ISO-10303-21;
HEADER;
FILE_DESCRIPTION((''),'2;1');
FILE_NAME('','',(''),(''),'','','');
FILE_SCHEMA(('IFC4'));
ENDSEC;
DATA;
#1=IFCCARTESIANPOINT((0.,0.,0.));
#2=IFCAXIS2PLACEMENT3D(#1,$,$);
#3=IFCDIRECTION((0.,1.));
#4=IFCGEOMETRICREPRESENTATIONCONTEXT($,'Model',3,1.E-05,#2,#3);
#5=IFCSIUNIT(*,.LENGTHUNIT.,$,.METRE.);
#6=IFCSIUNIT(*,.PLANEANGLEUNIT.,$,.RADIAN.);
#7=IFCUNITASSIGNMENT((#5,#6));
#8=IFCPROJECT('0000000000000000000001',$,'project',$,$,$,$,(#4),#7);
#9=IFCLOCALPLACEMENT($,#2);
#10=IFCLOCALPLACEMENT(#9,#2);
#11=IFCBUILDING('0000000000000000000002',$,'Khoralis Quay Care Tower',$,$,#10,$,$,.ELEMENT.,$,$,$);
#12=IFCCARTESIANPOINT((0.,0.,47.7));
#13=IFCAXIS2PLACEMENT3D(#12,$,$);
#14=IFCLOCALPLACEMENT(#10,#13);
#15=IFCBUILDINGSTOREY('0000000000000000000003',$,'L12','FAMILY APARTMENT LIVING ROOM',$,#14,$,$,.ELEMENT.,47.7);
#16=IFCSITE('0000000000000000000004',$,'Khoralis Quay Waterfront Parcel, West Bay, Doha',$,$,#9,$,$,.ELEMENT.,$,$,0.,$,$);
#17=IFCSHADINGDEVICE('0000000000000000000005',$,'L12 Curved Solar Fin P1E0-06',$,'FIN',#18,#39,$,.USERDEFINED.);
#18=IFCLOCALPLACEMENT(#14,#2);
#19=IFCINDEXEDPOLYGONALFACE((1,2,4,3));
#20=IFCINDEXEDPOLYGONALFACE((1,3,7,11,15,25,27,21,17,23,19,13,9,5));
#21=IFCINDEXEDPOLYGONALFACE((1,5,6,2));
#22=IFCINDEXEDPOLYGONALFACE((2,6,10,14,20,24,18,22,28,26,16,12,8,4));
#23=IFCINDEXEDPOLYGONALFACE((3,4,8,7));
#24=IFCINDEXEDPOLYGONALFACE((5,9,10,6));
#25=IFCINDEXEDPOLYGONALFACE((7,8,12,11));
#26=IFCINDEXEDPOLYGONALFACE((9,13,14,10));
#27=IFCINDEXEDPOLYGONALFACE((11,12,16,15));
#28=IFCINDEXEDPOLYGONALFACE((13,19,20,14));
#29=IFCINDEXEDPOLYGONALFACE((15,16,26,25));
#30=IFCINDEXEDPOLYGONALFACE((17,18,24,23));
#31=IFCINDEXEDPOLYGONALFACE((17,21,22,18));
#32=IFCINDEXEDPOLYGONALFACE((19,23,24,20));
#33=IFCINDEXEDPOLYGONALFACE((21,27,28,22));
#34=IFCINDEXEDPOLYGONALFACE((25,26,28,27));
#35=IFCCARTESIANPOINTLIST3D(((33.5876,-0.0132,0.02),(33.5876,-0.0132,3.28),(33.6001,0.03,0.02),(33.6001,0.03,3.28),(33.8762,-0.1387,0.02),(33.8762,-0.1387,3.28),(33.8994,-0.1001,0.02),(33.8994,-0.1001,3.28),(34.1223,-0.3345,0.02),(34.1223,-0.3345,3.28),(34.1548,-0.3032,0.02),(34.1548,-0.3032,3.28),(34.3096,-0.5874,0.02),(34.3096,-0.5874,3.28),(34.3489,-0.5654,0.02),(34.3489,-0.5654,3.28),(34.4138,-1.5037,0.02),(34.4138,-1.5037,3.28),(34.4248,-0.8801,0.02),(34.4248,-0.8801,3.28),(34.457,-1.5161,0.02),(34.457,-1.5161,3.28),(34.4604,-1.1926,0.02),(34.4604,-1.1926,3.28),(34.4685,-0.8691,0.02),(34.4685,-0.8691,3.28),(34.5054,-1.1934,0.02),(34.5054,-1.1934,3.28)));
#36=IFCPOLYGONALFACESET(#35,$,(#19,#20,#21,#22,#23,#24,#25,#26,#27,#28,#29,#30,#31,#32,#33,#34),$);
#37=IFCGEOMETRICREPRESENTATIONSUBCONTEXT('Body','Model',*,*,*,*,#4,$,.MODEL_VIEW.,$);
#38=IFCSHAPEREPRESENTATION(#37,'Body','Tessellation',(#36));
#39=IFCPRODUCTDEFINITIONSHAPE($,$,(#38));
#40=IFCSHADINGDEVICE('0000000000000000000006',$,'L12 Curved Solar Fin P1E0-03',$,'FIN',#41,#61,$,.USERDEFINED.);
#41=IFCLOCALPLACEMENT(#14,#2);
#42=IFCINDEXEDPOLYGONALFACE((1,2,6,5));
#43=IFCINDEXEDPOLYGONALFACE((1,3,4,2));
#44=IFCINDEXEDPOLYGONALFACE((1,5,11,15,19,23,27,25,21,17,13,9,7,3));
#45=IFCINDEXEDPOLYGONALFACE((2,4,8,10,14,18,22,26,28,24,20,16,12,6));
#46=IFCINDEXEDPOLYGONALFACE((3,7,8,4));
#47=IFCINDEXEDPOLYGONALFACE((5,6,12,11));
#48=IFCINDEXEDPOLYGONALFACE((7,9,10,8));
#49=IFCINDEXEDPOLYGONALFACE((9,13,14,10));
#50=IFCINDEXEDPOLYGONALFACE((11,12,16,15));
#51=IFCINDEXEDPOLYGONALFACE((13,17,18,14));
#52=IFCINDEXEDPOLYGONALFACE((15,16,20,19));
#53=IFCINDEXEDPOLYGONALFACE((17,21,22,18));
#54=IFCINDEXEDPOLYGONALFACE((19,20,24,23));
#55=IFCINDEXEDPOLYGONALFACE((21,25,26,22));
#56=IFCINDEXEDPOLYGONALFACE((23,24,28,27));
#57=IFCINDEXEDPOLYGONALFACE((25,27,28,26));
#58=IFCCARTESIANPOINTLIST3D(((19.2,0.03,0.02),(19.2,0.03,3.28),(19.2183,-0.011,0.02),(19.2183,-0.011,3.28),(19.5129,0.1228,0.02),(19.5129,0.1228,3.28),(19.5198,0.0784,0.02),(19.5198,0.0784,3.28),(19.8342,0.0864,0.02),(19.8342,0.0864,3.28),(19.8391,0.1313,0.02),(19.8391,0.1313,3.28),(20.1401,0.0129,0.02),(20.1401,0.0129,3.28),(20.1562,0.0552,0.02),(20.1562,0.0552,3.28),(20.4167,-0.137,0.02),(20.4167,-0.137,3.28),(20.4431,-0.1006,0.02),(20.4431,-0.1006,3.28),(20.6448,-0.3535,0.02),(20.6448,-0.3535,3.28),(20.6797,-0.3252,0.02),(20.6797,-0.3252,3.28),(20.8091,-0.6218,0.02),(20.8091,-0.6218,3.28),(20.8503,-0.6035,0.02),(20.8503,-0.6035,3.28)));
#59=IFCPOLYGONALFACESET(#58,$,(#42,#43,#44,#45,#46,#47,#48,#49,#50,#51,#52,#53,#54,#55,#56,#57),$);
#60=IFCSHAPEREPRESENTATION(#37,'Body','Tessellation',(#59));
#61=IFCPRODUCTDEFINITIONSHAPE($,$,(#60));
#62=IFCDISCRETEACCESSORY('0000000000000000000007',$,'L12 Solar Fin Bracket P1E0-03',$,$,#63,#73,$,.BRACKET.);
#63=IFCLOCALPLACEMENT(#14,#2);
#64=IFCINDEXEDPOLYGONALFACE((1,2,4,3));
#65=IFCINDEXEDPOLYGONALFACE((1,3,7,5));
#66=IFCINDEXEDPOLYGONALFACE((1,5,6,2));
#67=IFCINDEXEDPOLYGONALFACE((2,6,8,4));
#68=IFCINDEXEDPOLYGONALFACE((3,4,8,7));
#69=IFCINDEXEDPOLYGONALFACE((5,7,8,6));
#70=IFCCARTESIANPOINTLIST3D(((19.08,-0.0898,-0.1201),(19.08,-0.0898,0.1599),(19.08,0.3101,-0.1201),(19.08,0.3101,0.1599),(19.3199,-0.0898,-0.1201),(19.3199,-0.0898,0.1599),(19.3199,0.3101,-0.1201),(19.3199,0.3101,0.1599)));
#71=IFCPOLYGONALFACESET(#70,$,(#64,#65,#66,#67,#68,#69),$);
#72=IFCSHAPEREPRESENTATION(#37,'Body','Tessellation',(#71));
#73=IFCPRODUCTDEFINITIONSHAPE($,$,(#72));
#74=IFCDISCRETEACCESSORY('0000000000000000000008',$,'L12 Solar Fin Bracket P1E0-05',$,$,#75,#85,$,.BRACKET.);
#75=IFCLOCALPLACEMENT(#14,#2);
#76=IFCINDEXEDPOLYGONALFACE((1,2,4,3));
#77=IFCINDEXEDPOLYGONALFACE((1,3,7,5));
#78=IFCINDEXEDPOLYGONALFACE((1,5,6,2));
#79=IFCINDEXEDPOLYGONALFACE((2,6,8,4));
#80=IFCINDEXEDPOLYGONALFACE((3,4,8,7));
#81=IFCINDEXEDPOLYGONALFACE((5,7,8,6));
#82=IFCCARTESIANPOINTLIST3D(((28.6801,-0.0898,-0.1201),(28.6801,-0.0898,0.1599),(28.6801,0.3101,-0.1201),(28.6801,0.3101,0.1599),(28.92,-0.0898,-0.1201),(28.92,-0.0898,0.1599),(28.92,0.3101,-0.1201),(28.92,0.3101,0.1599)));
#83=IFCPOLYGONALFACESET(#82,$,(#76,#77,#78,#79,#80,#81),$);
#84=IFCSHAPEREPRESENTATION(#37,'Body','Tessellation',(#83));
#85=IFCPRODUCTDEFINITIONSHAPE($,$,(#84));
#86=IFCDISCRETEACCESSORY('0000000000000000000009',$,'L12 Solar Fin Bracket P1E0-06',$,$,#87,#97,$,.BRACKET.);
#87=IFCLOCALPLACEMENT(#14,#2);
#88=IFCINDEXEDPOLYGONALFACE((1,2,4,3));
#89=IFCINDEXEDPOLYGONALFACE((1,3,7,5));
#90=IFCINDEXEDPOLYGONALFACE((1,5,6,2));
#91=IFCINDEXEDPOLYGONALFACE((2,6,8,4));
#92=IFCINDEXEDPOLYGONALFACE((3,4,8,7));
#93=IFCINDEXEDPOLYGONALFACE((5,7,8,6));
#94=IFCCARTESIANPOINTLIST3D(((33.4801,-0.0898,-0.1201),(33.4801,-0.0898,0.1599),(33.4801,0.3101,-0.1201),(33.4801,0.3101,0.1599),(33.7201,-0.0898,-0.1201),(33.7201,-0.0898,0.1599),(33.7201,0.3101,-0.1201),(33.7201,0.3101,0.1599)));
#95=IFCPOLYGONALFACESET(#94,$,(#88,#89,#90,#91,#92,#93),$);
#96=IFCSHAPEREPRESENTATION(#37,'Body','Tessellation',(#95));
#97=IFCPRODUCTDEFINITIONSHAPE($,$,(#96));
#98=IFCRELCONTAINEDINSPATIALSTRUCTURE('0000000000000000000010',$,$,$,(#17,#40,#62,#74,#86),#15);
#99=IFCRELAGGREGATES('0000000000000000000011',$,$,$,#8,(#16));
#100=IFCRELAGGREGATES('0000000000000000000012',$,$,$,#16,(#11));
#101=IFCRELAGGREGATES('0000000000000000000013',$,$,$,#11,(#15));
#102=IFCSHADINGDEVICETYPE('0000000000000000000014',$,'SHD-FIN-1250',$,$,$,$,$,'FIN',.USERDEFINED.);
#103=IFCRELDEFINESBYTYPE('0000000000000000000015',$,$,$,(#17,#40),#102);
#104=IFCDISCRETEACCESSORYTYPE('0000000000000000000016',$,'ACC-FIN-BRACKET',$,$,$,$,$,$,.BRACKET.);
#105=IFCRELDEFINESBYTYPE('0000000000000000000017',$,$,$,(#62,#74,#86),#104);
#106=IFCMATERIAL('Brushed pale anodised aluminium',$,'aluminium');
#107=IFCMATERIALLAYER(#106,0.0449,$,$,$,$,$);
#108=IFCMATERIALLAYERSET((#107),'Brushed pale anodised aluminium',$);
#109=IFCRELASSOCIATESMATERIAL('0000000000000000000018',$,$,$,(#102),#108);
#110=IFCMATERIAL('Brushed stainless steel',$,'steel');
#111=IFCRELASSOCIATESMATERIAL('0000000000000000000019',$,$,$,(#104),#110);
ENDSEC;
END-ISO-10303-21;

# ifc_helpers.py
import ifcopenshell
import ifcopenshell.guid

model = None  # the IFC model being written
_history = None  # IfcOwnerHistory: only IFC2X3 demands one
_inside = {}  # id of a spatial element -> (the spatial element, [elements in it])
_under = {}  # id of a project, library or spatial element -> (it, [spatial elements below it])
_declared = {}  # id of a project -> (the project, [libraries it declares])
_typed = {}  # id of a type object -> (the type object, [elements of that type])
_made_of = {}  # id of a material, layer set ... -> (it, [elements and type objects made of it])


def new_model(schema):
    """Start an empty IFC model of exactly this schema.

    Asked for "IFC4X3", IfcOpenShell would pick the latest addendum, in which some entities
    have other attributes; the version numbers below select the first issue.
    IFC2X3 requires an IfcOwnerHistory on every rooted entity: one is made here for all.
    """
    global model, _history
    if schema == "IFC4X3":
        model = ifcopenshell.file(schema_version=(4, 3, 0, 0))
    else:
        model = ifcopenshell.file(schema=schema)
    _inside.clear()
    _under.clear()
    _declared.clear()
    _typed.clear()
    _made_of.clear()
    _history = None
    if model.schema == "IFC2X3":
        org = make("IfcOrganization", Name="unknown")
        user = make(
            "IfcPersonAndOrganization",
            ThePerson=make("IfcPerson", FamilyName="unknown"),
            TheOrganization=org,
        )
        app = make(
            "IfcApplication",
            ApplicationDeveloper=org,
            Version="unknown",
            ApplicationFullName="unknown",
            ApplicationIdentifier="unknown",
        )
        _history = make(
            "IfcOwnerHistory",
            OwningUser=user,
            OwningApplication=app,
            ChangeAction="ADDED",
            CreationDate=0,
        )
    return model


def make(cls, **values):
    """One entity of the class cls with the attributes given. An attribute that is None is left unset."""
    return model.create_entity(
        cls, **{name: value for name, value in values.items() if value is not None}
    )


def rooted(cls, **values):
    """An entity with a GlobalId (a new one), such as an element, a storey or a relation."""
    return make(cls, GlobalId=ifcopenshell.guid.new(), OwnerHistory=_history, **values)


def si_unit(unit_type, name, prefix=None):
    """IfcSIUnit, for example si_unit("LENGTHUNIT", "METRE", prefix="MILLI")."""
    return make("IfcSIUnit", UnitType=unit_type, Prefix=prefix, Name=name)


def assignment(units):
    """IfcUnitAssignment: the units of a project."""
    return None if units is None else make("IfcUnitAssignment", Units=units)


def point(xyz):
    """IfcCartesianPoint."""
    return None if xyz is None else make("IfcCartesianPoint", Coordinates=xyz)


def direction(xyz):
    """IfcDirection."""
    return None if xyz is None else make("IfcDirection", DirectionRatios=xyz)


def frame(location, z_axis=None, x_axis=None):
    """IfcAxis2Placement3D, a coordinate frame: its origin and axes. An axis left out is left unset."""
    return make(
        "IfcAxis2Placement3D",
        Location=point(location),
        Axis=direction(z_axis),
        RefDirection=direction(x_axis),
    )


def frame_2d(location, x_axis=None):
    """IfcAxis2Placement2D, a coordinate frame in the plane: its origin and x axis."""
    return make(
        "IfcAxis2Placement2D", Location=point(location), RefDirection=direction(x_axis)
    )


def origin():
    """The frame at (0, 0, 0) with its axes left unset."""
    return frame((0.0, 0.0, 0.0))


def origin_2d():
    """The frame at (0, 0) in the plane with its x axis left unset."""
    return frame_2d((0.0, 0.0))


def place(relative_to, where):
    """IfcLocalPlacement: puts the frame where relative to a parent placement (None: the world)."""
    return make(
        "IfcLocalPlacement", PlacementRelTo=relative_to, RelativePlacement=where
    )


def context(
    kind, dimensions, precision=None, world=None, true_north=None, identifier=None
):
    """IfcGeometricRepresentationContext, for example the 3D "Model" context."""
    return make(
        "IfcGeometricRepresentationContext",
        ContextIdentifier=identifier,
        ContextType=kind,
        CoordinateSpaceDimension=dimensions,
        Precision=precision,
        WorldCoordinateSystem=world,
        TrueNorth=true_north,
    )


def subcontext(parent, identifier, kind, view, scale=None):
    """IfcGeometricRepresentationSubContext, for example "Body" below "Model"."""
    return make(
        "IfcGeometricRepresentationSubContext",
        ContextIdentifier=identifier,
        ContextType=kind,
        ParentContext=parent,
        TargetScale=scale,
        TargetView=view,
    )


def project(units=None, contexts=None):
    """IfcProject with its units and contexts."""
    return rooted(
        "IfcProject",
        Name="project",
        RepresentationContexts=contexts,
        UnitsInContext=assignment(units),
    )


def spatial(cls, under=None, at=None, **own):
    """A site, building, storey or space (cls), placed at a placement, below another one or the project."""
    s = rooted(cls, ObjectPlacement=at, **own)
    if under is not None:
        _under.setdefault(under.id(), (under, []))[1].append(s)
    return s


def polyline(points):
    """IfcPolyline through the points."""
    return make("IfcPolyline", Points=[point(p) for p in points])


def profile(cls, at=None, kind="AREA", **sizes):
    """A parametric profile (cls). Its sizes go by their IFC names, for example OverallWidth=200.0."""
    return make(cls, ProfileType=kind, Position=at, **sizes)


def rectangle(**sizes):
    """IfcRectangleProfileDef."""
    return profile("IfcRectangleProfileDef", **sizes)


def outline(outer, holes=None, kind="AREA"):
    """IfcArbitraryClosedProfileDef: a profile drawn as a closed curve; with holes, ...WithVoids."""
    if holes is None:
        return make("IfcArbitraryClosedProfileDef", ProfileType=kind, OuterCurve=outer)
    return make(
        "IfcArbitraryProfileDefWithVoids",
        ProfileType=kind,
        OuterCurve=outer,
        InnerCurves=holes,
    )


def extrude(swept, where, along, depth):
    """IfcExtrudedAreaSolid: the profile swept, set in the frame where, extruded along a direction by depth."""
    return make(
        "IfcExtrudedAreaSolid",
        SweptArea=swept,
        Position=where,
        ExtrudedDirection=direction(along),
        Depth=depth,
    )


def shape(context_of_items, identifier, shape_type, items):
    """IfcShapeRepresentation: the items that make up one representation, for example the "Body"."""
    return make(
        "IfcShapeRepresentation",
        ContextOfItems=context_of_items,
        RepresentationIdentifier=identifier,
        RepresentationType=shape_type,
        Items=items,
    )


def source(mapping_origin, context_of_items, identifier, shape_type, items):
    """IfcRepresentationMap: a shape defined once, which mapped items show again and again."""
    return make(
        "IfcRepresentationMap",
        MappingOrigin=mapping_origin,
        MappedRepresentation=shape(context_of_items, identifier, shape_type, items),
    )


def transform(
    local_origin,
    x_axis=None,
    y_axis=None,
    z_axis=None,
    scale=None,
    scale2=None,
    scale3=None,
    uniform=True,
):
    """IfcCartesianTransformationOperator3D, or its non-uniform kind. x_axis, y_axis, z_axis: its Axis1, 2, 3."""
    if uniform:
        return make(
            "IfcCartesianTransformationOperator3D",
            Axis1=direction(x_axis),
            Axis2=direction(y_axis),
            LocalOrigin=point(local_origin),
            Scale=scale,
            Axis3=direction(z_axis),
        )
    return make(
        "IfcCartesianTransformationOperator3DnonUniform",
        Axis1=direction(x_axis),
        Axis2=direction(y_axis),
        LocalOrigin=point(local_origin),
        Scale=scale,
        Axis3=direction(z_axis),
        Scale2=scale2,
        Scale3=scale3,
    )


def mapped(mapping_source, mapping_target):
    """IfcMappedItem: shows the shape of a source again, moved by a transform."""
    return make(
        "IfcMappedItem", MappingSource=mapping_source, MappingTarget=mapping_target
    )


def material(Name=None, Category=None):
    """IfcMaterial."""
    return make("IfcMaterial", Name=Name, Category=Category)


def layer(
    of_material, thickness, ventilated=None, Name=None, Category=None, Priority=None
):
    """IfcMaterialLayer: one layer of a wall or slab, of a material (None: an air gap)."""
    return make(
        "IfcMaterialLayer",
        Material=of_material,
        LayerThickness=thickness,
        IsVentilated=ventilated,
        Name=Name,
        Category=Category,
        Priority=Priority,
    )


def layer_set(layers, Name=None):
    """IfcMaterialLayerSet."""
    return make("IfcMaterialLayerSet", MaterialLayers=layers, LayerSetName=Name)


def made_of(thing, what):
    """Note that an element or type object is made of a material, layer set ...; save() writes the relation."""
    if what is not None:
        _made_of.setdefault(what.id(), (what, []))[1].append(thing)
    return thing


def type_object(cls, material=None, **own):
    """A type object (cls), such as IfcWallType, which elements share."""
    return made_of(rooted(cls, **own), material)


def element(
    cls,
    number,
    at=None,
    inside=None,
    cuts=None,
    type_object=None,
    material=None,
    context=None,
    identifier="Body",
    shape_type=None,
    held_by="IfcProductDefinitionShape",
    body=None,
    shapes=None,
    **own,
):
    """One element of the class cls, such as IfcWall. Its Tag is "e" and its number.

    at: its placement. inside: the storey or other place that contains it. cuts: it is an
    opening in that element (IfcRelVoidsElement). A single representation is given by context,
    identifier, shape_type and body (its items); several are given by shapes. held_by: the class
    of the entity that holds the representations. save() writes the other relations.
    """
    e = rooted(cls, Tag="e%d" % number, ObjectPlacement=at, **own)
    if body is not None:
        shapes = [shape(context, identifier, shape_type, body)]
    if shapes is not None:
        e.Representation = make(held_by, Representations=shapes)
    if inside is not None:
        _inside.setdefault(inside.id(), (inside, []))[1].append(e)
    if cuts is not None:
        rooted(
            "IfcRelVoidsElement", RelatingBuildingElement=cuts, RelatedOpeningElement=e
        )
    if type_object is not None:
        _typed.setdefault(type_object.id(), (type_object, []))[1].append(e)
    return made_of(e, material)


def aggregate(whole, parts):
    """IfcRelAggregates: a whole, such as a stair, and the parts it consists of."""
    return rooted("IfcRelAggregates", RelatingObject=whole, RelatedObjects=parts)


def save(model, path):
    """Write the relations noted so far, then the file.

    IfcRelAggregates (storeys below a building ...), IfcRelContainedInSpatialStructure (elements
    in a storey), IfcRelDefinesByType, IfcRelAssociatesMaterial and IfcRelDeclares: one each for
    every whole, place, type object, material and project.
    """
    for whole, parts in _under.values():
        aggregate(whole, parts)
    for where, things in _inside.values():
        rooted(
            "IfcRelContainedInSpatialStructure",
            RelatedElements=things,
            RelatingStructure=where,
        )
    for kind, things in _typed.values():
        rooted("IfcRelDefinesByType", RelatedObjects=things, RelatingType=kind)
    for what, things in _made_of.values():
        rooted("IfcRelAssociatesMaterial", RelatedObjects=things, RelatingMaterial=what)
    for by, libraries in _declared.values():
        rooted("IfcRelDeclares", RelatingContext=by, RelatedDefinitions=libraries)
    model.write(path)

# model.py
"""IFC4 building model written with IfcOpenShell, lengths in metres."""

from ifc_helpers import new_model, si_unit, direction, frame, origin, origin_2d, place, context, subcontext, project, spatial, polyline, rectangle, outline, extrude, source, transform, mapped, material, layer, layer_set, type_object, element, save


model = new_model("IFC4")

# Units and contexts
model_context = context("Model", 3, precision=1e-05, world=origin(), true_north=direction((0.0, 1.0)))
body_context = subcontext(model_context, "Body", "Model", "MODEL_VIEW")
ifc_project = project(units=[si_unit("LENGTHUNIT", "METRE"), si_unit("PLANEANGLEUNIT", "RADIAN")], contexts=[model_context])

# Site, building, storey
site_placement = place(None, origin())
site = spatial("IfcSite", under=ifc_project, at=site_placement, Name="Khoralis Quay Waterfront Parcel, West Bay, Doha", CompositionType="ELEMENT", RefElevation=0.0)
building_placement = place(site_placement, origin())
building = spatial("IfcBuilding", under=site, at=building_placement, Name="Khoralis Quay Care Tower", CompositionType="ELEMENT")
storey_placement = place(building_placement, frame((0.0, 0.0, 47.7)))
storey = spatial("IfcBuildingStorey", under=building, at=storey_placement, Name="L12", Description="FAMILY APARTMENT LIVING ROOM", CompositionType="ELEMENT", Elevation=47.7)

# Shading devices
ifc_material_1 = material(Name="Brushed pale anodised aluminium", Category="aluminium")
ifc_layer_1 = layer(ifc_material_1, 0.0449)
ifc_layer_set_1 = layer_set([ifc_layer_1], Name="Brushed pale anodised aluminium")
shading_device_type = type_object("IfcShadingDeviceType", Name="SHD-FIN-1250", ElementType="FIN", PredefinedType="USERDEFINED", material=ifc_layer_set_1)
shared_shape_1 = source(origin(), body_context, "Body", "SweptSolid", [
    extrude(outline(polyline([(0.0, 0.0), (0.1301, 0.2993), (0.3333, 0.5547), (0.5955, 0.7488), (0.8992, 0.8684), (1.2234, 0.9053), (1.5461, 0.8569), (1.5337, 0.8137), (1.2227, 0.8604), (0.9102, 0.8247), (0.6174, 0.7095), (0.3645, 0.5222), (0.1687, 0.2761), (0.0432, -0.0125), (0.0, 0.0)])), origin(), (0.0, 0.0, 1.0), 3.26),
])
for number, where, z_axis, x_axis, name in (
    (1, (33.6001, 0.03, 0.02), (0.0, 0.0, 1.0), (0.0, -1.0, 0.0), "L12 Curved Solar Fin P1E0-06"),
):
    element("IfcShadingDevice", number, at=place(storey_placement, frame(where, z_axis=z_axis, x_axis=x_axis)), inside=storey, type_object=shading_device_type, Name=name, ObjectType="FIN", PredefinedType="USERDEFINED", context=body_context, shape_type="MappedRepresentation", body=[
        mapped(shared_shape_1, transform((0.0, 0.0, 0.0), scale=1.0)),
    ])
shared_shape_2 = source(origin(), body_context, "Body", "SweptSolid", [
    extrude(outline(polyline([(0.0, 0.0), (-0.0928, 0.313), (-0.1013, 0.6392), (-0.0251, 0.9563), (0.1306, 1.2432), (0.3552, 1.4797), (0.6335, 1.6504), (0.6519, 1.6091), (0.3835, 1.4448), (0.167, 1.2168), (0.0171, 0.9402), (-0.0564, 0.6343), (-0.0483, 0.3198), (0.041, 0.0183), (0.0, 0.0)])), origin(), (0.0, 0.0, 1.0), 3.26),
])
shading_device_placement = place(storey_placement, frame((19.2, 0.03, 0.02), z_axis=(0.0, 0.0, 1.0), x_axis=(0.0, -1.0, 0.0)))
element("IfcShadingDevice", 2, at=shading_device_placement, inside=storey, type_object=shading_device_type, Name="L12 Curved Solar Fin P1E0-03", ObjectType="FIN", PredefinedType="USERDEFINED", context=body_context, shape_type="MappedRepresentation", body=[
    mapped(shared_shape_2, transform((0.0, 0.0, 0.0), scale=1.0)),
])

# Discrete accessories
ifc_material_2 = material(Name="Brushed stainless steel", Category="steel")
discrete_accessory_type = type_object("IfcDiscreteAccessoryType", Name="ACC-FIN-BRACKET", PredefinedType="BRACKET", material=ifc_material_2)
shared_shape_3 = source(origin(), body_context, "Body", "SweptSolid", [
    extrude(rectangle(XDim=0.3999, YDim=0.24, at=origin_2d()), origin(), (0.0, 0.0, 1.0), 0.28),
])
for number, where, z_axis, x_axis, name in (
    (3, (19.2, 0.1101, -0.1201), (0.0, 0.0, 1.0), (0.0, -1.0, 0.0), "L12 Solar Fin Bracket P1E0-03"),
    (4, (28.8, 0.1101, -0.1201), (0.0, 0.0, 1.0), (0.0, -1.0, 0.0), "L12 Solar Fin Bracket P1E0-05"),
    (5, (33.6001, 0.1101, -0.1201), (0.0, 0.0, 1.0), (0.0, -1.0, 0.0), "L12 Solar Fin Bracket P1E0-06"),
):
    element("IfcDiscreteAccessory", number, at=place(storey_placement, frame(where, z_axis=z_axis, x_axis=x_axis)), inside=storey, type_object=discrete_accessory_type, Name=name, PredefinedType="BRACKET", context=body_context, shape_type="MappedRepresentation", body=[
        mapped(shared_shape_3, transform((0.0, 0.0, 0.0), scale=1.0)),
    ])

save(model, "model.ifc")
